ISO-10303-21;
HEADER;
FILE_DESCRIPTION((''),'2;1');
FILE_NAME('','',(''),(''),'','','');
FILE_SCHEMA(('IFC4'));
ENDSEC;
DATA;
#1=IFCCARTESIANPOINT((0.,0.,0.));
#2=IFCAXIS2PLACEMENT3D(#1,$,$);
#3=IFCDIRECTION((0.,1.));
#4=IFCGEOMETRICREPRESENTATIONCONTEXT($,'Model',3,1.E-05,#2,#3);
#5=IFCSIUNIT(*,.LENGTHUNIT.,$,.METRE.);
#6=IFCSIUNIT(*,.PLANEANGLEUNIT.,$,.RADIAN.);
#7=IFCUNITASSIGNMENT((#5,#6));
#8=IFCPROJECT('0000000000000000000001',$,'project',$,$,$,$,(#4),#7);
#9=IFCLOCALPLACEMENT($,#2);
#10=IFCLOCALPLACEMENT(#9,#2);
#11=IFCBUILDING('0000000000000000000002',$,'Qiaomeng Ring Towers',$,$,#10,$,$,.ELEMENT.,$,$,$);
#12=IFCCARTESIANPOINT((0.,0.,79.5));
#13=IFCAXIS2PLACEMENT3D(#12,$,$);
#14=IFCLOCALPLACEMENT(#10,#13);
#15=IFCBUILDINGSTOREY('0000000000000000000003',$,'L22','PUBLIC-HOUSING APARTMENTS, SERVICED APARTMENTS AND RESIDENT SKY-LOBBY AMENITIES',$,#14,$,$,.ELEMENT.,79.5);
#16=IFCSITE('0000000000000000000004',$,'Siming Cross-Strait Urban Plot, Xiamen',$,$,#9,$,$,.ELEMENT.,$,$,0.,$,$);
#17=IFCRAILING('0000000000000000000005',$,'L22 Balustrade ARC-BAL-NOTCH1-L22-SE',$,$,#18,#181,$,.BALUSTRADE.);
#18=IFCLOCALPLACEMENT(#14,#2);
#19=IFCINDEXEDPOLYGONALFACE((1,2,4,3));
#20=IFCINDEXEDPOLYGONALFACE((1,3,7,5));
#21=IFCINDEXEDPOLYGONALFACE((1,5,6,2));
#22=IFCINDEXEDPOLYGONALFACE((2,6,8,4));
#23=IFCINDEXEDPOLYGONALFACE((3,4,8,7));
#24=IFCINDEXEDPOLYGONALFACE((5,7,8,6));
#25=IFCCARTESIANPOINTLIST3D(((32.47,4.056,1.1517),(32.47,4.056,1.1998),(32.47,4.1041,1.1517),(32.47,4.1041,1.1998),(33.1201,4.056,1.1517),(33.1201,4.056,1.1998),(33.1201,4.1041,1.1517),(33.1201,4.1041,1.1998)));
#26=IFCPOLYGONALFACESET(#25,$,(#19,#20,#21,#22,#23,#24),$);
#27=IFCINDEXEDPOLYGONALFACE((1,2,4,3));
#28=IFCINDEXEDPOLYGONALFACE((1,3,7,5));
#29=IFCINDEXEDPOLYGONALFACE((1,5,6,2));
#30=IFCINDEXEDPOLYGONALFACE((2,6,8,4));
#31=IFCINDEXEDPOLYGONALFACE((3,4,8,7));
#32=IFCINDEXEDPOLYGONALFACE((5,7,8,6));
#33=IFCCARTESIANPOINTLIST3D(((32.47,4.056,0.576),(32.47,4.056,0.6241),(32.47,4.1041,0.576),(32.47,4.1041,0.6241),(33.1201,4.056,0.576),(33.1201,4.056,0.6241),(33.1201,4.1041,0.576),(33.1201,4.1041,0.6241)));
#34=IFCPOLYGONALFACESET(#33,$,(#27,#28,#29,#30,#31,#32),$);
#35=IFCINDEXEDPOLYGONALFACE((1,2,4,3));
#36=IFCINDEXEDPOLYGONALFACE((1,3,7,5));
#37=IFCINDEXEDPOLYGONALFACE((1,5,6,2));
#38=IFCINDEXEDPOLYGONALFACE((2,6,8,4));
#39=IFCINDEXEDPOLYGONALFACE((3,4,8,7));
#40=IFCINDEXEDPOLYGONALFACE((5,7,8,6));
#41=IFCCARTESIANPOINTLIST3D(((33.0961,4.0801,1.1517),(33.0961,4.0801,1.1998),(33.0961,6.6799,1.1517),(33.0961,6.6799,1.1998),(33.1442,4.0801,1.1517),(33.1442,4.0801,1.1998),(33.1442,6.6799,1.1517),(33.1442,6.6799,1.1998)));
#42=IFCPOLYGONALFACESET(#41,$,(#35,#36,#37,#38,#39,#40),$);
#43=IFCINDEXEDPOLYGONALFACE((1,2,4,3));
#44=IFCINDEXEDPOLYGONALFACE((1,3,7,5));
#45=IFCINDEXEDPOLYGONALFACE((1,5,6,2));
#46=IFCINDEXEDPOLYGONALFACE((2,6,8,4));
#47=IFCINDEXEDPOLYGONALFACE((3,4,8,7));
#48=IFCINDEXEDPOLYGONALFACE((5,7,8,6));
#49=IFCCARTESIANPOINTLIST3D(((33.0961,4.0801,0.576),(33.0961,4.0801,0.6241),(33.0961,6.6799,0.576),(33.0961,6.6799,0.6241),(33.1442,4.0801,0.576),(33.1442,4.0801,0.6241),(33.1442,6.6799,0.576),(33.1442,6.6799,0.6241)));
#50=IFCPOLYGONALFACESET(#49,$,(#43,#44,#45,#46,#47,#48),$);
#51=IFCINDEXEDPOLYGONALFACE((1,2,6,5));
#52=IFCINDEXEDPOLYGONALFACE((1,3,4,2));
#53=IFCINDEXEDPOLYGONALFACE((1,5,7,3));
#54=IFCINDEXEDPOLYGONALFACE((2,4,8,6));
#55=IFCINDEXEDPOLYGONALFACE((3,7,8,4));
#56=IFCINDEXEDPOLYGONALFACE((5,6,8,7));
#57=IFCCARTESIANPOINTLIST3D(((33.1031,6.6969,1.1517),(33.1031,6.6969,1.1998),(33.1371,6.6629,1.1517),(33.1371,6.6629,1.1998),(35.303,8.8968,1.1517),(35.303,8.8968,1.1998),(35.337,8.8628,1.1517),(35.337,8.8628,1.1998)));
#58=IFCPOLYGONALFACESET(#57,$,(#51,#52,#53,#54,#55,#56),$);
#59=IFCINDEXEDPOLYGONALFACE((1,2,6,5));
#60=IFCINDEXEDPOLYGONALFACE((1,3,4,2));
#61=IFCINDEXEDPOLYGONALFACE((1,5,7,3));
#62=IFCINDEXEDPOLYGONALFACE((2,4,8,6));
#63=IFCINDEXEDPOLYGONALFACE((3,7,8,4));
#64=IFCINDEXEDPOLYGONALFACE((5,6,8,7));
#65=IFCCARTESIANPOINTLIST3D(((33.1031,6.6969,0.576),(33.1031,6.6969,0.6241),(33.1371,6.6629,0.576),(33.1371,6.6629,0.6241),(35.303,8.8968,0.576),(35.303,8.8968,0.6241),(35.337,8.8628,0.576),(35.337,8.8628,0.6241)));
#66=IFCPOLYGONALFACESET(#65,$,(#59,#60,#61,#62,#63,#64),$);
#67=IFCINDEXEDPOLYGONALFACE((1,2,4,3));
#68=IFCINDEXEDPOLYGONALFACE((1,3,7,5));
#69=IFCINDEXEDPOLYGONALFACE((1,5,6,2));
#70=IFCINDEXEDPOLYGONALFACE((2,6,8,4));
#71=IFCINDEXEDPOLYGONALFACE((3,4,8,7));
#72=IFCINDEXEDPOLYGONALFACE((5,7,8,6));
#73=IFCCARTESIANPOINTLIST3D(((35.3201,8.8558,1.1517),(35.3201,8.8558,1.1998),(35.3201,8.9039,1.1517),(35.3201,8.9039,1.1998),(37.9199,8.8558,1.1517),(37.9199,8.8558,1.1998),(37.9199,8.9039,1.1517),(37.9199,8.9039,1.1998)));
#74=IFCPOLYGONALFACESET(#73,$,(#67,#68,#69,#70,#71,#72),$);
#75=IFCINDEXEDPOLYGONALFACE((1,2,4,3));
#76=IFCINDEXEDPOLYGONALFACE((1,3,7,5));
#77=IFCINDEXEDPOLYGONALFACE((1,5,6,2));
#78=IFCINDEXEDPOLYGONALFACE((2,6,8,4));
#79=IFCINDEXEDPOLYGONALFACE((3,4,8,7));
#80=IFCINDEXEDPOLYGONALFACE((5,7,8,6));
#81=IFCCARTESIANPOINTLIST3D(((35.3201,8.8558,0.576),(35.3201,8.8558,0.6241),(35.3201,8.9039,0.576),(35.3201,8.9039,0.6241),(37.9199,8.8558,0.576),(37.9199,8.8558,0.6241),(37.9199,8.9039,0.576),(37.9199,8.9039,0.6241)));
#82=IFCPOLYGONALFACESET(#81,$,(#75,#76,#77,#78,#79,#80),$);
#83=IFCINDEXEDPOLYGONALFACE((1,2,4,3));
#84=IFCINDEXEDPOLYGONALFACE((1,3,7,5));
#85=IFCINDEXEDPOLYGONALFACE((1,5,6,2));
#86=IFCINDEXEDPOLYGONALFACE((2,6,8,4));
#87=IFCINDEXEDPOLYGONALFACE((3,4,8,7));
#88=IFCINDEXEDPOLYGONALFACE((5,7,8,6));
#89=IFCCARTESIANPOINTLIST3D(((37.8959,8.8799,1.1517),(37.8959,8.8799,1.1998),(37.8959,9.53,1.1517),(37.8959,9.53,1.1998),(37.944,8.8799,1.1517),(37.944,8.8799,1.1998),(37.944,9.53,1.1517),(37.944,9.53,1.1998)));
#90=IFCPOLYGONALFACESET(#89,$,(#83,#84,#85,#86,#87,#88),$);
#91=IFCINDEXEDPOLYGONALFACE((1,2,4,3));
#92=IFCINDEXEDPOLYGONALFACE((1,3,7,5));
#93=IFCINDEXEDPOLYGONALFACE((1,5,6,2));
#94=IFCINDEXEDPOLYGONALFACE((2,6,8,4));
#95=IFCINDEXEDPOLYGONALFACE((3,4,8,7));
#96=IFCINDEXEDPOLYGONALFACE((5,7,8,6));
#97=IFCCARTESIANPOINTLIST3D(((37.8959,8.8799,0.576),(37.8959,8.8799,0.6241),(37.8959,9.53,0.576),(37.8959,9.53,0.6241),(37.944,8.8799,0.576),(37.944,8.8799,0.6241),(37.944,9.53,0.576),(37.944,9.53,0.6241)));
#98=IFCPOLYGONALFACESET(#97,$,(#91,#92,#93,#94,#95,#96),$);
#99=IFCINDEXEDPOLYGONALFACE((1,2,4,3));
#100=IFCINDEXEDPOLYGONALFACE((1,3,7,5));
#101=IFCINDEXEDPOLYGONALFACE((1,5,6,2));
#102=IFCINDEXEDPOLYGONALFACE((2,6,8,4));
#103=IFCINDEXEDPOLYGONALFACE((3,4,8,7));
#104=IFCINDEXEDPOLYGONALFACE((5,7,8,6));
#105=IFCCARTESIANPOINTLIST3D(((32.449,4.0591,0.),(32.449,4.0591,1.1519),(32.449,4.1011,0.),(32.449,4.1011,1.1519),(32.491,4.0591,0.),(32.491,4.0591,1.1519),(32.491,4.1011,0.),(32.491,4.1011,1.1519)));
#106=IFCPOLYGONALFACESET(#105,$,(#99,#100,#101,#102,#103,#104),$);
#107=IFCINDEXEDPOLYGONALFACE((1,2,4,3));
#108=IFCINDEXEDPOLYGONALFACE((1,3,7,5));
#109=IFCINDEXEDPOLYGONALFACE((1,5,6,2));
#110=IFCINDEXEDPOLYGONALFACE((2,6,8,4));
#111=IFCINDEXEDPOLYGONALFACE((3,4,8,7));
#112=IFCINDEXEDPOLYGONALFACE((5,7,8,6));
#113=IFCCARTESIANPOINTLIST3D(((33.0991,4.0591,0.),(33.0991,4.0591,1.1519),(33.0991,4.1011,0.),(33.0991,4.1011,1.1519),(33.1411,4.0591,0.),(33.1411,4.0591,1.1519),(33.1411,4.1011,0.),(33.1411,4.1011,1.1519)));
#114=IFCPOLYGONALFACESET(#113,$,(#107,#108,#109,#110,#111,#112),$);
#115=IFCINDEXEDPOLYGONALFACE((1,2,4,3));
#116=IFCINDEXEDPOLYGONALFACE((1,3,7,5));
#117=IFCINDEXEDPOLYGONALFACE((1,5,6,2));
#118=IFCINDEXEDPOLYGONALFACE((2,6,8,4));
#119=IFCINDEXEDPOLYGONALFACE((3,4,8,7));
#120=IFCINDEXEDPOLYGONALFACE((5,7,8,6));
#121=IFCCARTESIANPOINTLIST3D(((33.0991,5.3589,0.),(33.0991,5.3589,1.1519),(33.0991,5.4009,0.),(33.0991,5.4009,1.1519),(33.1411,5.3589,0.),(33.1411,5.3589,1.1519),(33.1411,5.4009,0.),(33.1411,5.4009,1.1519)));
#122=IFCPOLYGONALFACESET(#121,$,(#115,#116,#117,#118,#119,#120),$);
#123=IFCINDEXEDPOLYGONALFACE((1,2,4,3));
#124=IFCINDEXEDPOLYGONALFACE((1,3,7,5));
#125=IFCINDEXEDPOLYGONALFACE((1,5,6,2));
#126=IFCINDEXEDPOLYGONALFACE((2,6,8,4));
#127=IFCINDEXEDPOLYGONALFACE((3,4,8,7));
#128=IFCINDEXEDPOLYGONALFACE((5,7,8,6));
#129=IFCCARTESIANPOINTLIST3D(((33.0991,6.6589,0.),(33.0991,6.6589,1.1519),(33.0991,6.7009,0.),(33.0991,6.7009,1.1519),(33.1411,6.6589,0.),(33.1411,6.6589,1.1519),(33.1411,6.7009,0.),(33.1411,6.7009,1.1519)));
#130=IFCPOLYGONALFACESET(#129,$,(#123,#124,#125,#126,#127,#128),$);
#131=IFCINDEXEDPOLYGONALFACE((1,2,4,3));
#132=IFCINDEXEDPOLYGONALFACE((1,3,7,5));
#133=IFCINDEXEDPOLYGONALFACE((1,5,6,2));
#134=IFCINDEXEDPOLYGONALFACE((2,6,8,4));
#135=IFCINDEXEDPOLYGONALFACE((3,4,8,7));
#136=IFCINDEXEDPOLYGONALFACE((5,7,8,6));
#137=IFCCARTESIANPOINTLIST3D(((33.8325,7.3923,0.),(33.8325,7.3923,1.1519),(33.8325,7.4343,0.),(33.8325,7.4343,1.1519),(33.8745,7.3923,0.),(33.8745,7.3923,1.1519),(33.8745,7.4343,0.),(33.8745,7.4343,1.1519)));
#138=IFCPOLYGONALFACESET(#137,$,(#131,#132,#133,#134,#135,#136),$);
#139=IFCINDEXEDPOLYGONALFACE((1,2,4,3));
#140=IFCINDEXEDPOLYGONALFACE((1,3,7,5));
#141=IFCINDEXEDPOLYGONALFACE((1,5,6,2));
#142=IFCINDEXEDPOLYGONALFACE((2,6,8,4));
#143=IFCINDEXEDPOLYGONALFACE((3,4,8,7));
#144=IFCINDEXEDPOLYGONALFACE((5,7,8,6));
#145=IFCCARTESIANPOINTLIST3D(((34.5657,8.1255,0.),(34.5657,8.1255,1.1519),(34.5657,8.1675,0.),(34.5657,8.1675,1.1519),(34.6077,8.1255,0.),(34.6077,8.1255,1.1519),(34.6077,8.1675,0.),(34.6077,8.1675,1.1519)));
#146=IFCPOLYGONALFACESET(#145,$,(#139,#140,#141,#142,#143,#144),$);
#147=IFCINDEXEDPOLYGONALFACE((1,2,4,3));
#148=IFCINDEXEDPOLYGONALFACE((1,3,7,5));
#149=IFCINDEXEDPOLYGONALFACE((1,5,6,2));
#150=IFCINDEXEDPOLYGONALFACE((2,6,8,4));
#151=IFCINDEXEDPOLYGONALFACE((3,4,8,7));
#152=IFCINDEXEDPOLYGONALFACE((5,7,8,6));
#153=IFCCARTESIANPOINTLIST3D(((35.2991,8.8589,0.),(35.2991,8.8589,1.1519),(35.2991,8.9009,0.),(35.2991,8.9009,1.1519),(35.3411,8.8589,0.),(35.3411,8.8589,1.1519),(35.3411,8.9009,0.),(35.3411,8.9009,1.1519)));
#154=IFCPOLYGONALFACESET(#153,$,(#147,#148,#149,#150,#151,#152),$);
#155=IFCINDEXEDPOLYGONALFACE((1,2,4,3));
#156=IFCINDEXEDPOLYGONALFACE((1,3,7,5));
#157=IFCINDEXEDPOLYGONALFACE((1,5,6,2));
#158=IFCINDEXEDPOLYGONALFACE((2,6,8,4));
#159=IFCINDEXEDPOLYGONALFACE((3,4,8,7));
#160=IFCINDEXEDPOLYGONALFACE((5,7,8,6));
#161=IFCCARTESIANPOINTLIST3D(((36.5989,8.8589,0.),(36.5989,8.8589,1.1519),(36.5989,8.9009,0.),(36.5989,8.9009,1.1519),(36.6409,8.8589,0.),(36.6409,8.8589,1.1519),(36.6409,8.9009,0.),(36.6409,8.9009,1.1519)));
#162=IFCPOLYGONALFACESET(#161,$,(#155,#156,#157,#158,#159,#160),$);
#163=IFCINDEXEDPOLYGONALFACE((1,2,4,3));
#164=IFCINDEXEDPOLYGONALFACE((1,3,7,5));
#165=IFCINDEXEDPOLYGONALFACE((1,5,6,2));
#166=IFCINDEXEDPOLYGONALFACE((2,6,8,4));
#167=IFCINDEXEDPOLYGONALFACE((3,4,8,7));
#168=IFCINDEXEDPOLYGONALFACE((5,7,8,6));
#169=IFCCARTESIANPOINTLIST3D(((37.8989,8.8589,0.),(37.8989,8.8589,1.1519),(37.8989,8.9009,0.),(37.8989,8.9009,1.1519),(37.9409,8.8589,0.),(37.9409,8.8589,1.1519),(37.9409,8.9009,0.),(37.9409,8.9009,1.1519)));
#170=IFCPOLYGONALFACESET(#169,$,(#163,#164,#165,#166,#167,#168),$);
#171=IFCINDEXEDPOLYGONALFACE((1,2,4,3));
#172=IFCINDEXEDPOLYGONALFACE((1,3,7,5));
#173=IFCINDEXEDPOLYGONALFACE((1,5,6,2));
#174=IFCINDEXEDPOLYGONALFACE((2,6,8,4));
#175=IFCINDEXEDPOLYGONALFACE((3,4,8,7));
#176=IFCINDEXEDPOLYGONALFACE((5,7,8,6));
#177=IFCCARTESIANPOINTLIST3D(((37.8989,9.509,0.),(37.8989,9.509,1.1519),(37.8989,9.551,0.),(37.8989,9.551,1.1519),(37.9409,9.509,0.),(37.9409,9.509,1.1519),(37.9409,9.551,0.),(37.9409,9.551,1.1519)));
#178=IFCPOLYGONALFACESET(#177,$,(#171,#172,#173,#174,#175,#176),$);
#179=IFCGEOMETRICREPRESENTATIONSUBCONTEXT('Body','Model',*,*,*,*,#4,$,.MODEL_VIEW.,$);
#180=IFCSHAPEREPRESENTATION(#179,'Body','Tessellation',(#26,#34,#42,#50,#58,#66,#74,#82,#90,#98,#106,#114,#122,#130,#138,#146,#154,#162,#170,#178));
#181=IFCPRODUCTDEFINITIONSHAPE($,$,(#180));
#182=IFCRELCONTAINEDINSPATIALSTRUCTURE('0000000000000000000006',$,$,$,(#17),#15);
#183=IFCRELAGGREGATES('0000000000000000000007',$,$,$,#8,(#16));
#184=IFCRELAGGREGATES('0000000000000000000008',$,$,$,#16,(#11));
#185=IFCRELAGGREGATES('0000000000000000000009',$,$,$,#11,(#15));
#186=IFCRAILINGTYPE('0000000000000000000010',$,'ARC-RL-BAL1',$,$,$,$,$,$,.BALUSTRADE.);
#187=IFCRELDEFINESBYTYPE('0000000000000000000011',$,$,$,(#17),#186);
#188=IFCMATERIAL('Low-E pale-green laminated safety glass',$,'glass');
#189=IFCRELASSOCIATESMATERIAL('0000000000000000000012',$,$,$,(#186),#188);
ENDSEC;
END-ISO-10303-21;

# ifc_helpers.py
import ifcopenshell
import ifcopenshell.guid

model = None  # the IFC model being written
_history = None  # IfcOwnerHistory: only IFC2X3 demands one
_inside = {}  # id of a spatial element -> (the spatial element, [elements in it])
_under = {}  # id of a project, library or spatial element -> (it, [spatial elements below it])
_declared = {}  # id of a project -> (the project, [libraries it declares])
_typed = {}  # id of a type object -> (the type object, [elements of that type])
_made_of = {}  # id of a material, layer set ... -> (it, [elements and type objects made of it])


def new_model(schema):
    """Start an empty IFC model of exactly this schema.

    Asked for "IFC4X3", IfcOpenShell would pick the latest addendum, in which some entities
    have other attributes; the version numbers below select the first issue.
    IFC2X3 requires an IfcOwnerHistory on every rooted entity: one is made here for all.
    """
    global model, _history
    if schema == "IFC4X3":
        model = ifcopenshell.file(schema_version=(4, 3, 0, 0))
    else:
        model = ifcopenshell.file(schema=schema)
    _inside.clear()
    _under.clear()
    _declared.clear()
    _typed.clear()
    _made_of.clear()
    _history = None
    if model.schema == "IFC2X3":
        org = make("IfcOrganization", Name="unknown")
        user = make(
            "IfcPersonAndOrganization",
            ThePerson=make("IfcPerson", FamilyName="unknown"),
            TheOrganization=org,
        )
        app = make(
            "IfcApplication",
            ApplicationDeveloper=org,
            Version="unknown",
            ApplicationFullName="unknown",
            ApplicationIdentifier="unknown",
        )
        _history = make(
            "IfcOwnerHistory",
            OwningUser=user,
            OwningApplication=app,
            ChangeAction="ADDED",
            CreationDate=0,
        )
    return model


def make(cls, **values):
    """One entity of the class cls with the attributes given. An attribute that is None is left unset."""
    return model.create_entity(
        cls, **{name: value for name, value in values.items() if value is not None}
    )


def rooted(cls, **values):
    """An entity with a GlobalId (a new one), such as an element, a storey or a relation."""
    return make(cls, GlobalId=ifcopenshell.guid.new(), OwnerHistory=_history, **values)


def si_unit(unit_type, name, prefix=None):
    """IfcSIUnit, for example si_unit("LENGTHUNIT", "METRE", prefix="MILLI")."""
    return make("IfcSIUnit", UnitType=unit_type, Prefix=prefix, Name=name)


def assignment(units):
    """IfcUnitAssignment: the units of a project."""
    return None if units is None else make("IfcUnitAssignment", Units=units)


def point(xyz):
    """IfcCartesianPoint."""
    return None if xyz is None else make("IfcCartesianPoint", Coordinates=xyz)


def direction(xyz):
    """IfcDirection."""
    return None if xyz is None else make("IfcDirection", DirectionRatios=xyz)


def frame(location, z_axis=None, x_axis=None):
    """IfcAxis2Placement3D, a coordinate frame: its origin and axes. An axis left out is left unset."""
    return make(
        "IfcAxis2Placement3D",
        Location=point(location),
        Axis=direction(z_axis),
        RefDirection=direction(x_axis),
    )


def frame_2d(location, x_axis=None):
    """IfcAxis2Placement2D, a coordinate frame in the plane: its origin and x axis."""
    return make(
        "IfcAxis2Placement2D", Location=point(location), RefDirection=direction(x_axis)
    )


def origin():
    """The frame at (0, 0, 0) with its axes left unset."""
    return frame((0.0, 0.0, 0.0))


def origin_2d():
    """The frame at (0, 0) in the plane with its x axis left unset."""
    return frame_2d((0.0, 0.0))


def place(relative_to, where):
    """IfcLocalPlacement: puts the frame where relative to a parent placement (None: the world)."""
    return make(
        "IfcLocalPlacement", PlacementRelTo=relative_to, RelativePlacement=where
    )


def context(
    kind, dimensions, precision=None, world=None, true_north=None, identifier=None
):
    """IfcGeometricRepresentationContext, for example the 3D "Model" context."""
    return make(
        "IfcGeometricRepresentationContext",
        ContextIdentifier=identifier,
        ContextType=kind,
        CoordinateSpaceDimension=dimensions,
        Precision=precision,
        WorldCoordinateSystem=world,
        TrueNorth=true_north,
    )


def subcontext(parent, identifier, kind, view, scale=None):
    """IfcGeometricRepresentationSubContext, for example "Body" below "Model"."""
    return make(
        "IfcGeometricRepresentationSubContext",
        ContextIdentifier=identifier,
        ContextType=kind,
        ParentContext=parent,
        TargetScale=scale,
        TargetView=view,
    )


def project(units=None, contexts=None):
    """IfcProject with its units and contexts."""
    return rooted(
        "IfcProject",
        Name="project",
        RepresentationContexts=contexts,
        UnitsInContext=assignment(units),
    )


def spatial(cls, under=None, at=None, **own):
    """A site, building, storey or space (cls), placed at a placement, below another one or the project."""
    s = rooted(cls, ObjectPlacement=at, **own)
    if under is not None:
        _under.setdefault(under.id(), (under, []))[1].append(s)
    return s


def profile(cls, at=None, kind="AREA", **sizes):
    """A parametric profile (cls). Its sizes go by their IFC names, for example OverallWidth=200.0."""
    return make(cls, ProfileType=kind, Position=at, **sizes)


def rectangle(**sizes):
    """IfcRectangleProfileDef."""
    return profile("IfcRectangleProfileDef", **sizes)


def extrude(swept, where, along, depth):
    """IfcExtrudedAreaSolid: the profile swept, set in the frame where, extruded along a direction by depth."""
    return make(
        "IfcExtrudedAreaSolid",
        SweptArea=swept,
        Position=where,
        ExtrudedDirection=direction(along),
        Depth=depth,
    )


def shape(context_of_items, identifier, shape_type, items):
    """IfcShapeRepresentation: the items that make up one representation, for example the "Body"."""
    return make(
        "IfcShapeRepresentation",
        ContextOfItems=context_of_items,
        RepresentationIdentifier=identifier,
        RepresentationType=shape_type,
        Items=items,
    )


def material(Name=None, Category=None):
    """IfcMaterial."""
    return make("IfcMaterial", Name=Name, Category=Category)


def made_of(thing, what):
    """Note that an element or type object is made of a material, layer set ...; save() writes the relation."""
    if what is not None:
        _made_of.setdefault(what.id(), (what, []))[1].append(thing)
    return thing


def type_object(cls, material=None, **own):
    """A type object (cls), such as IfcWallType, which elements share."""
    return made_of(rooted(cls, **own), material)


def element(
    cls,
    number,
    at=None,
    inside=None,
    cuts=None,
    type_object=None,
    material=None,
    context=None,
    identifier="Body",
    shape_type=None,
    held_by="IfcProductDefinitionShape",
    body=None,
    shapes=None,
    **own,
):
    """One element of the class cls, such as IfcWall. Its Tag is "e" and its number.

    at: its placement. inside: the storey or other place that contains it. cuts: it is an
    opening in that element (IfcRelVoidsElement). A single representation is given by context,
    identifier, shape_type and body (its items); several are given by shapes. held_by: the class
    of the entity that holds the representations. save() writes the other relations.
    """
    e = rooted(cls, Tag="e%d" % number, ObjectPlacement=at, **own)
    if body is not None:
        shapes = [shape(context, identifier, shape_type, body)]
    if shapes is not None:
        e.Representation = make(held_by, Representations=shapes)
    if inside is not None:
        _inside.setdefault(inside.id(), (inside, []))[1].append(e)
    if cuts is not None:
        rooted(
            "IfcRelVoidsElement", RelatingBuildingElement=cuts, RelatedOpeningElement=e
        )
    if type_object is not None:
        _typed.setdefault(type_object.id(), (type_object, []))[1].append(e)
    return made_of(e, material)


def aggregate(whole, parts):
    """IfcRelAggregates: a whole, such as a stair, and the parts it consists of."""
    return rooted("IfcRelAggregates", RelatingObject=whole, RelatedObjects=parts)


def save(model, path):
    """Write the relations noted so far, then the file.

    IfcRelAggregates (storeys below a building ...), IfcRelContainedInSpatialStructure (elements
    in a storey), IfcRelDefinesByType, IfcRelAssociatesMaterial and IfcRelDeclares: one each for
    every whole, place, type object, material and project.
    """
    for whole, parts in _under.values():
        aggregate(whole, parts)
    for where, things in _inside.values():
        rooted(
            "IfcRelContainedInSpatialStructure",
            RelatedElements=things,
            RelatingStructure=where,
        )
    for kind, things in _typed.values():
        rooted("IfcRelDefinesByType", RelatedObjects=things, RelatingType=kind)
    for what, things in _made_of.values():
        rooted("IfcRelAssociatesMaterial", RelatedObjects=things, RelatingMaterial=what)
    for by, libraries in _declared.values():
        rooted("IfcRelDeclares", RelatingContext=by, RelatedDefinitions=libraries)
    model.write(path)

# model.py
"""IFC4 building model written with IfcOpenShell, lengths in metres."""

from ifc_helpers import new_model, si_unit, direction, frame, origin, origin_2d, place, context, subcontext, project, spatial, rectangle, extrude, material, type_object, element, save


model = new_model("IFC4")

# Units and contexts
model_context = context("Model", 3, precision=1e-05, world=origin(), true_north=direction((0.0, 1.0)))
body_context = subcontext(model_context, "Body", "Model", "MODEL_VIEW")
ifc_project = project(units=[si_unit("LENGTHUNIT", "METRE"), si_unit("PLANEANGLEUNIT", "RADIAN")], contexts=[model_context])

# Site, building, storey
site_placement = place(None, origin())
site = spatial("IfcSite", under=ifc_project, at=site_placement, Name="Siming Cross-Strait Urban Plot, Xiamen", CompositionType="ELEMENT", RefElevation=0.0)
building_placement = place(site_placement, origin())
building = spatial("IfcBuilding", under=site, at=building_placement, Name="Qiaomeng Ring Towers", CompositionType="ELEMENT")
storey_placement = place(building_placement, frame((0.0, 0.0, 79.5)))
storey = spatial("IfcBuildingStorey", under=building, at=storey_placement, Name="L22", Description="PUBLIC-HOUSING APARTMENTS, SERVICED APARTMENTS AND RESIDENT SKY-LOBBY AMENITIES", CompositionType="ELEMENT", Elevation=79.5)

# Railing
ifc_material_1 = material(Name="Low-E pale-green laminated safety glass", Category="glass")
railing_type = type_object("IfcRailingType", Name="ARC-RL-BAL1", PredefinedType="BALUSTRADE", material=ifc_material_1)
railing_placement = place(storey_placement, frame((32.47, 4.0801, 0.0)))
element("IfcRailing", 1, at=railing_placement, inside=storey, type_object=railing_type, Name="L22 Balustrade ARC-BAL-NOTCH1-L22-SE", PredefinedType="BALUSTRADE", context=body_context, shape_type="SweptSolid", body=[
    extrude(rectangle(XDim=0.0481, YDim=0.0481, at=origin_2d()), frame((0.0, 0.0, 1.1758), z_axis=(1.0, 0.0, 0.0), x_axis=(0.0, 1.0, 0.0)), (0.0, 0.0, 1.0), 0.6501),
    extrude(rectangle(XDim=0.0481, YDim=0.0481, at=origin_2d()), frame((0.0, 0.0, 0.6001), z_axis=(1.0, 0.0, 0.0), x_axis=(0.0, 1.0, 0.0)), (0.0, 0.0, 1.0), 0.6501),
    extrude(rectangle(XDim=0.0481, YDim=0.0481, at=origin_2d()), frame((0.6501, 0.0, 1.1758), z_axis=(0.0, 1.0, 0.0), x_axis=(-1.0, 0.0, 0.0)), (0.0, 0.0, 1.0), 2.5999),
    extrude(rectangle(XDim=0.0481, YDim=0.0481, at=origin_2d()), frame((0.6501, 0.0, 0.6001), z_axis=(0.0, 1.0, 0.0), x_axis=(-1.0, 0.0, 0.0)), (0.0, 0.0, 1.0), 2.5999),
    extrude(rectangle(XDim=0.0481, YDim=0.0481, at=origin_2d()), frame((0.6501, 2.5999, 1.1758), z_axis=(0.707107, 0.707107, 0.0), x_axis=(-0.707107, 0.707107, 0.0)), (0.0, 0.0, 1.0), 3.1111),
    extrude(rectangle(XDim=0.0481, YDim=0.0481, at=origin_2d()), frame((0.6501, 2.5999, 0.6001), z_axis=(0.707107, 0.707107, 0.0), x_axis=(-0.707107, 0.707107, 0.0)), (0.0, 0.0, 1.0), 3.1111),
    extrude(rectangle(XDim=0.0481, YDim=0.0481, at=origin_2d()), frame((2.8501, 4.7998, 1.1758), z_axis=(1.0, 0.0, 0.0), x_axis=(0.0, 1.0, 0.0)), (0.0, 0.0, 1.0), 2.5999),
    extrude(rectangle(XDim=0.0481, YDim=0.0481, at=origin_2d()), frame((2.8501, 4.7998, 0.6001), z_axis=(1.0, 0.0, 0.0), x_axis=(0.0, 1.0, 0.0)), (0.0, 0.0, 1.0), 2.5999),
    extrude(rectangle(XDim=0.0481, YDim=0.0481, at=origin_2d()), frame((5.45, 4.7998, 1.1758), z_axis=(0.0, 1.0, 0.0), x_axis=(-1.0, 0.0, 0.0)), (0.0, 0.0, 1.0), 0.6501),
    extrude(rectangle(XDim=0.0481, YDim=0.0481, at=origin_2d()), frame((5.45, 4.7998, 0.6001), z_axis=(0.0, 1.0, 0.0), x_axis=(-1.0, 0.0, 0.0)), (0.0, 0.0, 1.0), 0.6501),
    extrude(rectangle(XDim=0.042, YDim=0.042, at=origin_2d()), origin(), (0.0, 0.0, 1.0), 1.1519),
    extrude(rectangle(XDim=0.042, YDim=0.042, at=origin_2d()), frame((0.6501, 0.0, 0.0)), (0.0, 0.0, 1.0), 1.1519),
    extrude(rectangle(XDim=0.042, YDim=0.042, at=origin_2d()), frame((0.6501, 1.2998, 0.0)), (0.0, 0.0, 1.0), 1.1519),
    extrude(rectangle(XDim=0.042, YDim=0.042, at=origin_2d()), frame((0.6501, 2.5999, 0.0)), (0.0, 0.0, 1.0), 1.1519),
    extrude(rectangle(XDim=0.042, YDim=0.042, at=origin_2d()), frame((1.3835, 3.3333, 0.0)), (0.0, 0.0, 1.0), 1.1519),
    extrude(rectangle(XDim=0.042, YDim=0.042, at=origin_2d()), frame((2.1167, 4.0664, 0.0)), (0.0, 0.0, 1.0), 1.1519),
    extrude(rectangle(XDim=0.042, YDim=0.042, at=origin_2d()), frame((2.8501, 4.7998, 0.0)), (0.0, 0.0, 1.0), 1.1519),
    extrude(rectangle(XDim=0.042, YDim=0.042, at=origin_2d()), frame((4.1499, 4.7998, 0.0)), (0.0, 0.0, 1.0), 1.1519),
    extrude(rectangle(XDim=0.042, YDim=0.042, at=origin_2d()), frame((5.45, 4.7998, 0.0)), (0.0, 0.0, 1.0), 1.1519),
    extrude(rectangle(XDim=0.042, YDim=0.042, at=origin_2d()), frame((5.45, 5.45, 0.0)), (0.0, 0.0, 1.0), 1.1519),
])

save(model, "model.ifc")
